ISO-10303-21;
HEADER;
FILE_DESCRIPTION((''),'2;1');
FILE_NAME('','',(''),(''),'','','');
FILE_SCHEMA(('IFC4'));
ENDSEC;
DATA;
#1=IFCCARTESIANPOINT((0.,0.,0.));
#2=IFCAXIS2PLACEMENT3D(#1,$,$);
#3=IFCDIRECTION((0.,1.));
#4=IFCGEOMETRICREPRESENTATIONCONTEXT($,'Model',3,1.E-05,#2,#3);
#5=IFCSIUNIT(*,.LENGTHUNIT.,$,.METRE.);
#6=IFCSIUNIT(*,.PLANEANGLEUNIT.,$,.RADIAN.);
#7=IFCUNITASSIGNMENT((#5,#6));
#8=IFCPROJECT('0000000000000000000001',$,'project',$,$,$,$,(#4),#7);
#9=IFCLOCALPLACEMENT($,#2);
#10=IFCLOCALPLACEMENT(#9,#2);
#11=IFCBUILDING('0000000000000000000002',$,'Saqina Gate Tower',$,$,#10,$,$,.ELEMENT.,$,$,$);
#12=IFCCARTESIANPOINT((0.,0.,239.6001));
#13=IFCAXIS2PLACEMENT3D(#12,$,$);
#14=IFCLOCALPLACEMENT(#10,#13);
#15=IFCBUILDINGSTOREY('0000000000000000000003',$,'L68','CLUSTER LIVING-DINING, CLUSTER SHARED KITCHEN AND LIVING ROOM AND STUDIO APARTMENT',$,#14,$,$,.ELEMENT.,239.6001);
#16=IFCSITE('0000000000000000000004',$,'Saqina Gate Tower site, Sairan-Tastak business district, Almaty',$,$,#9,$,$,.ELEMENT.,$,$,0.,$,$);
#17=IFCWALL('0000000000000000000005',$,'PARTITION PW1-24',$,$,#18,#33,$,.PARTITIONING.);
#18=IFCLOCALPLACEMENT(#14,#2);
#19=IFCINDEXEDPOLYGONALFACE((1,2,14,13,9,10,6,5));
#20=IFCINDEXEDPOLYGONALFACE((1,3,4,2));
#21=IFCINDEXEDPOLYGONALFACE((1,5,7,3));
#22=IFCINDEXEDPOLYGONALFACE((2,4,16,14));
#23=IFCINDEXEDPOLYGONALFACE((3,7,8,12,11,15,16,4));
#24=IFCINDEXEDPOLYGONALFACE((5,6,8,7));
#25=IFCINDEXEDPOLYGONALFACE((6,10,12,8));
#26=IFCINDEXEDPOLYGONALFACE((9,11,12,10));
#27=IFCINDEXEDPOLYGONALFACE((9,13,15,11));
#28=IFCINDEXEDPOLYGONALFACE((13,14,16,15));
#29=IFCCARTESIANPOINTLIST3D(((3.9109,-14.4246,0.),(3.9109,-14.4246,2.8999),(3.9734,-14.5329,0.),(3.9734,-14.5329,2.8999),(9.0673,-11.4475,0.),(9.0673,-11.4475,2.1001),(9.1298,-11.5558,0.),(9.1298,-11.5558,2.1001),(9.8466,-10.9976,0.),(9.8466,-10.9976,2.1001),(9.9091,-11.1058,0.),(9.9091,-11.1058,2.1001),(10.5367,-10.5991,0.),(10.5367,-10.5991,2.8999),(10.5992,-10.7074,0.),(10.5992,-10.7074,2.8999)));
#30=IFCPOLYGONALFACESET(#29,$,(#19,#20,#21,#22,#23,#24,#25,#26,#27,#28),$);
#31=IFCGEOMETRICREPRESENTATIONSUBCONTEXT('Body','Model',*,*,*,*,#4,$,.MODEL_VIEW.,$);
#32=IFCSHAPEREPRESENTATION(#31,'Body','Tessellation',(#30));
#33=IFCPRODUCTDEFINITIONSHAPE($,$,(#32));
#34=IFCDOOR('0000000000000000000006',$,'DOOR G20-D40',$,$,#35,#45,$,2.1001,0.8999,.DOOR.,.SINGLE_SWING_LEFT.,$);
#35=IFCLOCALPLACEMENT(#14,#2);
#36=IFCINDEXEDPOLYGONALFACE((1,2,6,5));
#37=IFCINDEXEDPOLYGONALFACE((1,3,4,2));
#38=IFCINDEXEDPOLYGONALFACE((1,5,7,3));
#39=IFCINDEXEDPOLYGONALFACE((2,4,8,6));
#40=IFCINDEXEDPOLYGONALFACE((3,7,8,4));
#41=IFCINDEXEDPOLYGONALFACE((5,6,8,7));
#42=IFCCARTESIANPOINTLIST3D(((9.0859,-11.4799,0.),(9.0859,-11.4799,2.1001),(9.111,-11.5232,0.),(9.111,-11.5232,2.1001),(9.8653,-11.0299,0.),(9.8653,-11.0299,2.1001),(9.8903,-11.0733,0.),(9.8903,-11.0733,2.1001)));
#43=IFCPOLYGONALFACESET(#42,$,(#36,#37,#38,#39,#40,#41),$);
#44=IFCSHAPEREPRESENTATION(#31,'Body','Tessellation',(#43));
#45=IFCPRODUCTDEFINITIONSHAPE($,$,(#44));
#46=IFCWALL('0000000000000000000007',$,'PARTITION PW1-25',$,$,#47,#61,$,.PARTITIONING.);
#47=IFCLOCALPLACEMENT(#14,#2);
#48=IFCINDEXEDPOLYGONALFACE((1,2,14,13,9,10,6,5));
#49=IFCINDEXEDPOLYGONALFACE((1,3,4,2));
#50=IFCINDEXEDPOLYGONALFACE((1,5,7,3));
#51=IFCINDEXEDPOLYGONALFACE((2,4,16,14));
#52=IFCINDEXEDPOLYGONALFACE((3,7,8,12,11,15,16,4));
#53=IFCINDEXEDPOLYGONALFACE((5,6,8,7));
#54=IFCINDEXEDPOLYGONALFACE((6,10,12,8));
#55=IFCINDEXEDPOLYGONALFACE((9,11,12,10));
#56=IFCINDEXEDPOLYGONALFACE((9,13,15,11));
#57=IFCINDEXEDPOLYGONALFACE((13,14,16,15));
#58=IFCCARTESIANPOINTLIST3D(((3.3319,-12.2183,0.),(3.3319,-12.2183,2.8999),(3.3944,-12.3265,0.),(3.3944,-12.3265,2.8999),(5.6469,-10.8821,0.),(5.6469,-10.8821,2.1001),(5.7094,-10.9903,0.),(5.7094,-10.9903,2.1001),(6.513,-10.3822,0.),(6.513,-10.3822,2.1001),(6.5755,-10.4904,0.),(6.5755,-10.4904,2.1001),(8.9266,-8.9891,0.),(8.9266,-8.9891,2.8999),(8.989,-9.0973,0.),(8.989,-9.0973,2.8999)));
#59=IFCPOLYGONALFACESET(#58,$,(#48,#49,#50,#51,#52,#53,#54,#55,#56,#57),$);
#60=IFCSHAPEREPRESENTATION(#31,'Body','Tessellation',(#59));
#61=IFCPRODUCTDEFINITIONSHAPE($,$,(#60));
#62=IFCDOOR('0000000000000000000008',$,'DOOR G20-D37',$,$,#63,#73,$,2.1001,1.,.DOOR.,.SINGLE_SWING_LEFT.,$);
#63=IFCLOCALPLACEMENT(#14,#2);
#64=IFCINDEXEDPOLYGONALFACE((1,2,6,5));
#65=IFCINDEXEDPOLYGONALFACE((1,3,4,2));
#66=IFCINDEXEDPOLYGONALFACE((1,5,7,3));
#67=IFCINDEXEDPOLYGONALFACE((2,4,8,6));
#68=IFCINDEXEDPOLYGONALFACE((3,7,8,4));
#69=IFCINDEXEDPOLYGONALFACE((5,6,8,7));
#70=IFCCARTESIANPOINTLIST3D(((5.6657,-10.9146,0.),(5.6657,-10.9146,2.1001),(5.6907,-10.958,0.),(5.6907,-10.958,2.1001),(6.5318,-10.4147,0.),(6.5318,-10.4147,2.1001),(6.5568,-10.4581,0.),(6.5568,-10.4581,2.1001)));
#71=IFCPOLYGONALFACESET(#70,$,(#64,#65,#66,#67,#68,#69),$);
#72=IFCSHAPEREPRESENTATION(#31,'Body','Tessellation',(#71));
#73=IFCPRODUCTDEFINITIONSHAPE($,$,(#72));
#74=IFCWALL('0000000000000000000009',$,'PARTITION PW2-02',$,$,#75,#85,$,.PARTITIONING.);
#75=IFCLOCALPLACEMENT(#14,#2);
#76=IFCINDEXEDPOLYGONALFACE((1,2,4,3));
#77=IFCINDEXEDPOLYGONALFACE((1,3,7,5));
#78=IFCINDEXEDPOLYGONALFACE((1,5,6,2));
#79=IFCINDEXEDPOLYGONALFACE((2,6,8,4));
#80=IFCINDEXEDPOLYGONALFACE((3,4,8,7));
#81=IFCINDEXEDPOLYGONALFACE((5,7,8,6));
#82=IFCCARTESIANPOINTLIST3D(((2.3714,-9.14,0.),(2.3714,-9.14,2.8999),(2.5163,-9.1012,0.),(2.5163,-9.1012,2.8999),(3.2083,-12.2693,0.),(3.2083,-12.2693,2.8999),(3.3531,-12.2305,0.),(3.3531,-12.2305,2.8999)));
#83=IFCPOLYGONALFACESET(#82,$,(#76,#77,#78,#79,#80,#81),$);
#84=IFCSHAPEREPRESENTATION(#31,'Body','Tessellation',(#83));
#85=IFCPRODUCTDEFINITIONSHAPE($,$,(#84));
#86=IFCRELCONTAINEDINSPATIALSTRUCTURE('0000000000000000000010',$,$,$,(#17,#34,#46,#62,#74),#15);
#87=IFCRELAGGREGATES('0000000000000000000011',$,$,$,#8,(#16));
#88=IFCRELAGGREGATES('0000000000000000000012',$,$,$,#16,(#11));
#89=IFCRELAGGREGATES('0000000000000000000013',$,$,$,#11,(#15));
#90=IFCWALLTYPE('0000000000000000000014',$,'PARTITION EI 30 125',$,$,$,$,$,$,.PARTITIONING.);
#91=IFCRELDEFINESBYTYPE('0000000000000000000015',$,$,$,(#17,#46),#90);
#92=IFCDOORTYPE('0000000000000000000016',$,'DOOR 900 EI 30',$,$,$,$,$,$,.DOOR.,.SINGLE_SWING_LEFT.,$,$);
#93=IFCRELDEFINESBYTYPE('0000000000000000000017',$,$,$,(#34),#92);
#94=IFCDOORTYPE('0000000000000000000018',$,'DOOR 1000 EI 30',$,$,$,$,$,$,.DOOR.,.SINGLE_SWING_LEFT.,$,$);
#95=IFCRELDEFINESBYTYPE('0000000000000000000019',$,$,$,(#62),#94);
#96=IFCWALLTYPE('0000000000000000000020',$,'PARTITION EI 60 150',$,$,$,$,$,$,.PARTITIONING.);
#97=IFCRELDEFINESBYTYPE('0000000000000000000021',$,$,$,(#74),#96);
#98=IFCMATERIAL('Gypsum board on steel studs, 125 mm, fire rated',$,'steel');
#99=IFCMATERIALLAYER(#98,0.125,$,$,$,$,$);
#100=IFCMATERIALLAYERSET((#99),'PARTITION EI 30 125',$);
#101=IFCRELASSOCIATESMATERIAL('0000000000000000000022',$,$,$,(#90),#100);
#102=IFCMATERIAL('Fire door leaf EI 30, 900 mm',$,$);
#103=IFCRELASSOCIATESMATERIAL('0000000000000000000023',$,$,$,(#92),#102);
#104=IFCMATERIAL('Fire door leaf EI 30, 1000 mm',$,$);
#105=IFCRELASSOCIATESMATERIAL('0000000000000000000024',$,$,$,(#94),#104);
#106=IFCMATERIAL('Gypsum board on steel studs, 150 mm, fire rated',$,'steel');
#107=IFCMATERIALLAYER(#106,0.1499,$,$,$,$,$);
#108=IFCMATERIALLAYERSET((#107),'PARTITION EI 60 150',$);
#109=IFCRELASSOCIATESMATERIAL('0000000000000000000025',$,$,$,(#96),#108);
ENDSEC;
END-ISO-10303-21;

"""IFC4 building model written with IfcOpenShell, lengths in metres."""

from ifc_helpers import new_model, si_unit, direction, frame, frame_2d, origin, place, context, subcontext, project, spatial, rectangle, extrude, material, layer, layer_set, type_object, element, fill, save


model = new_model("IFC4")

# Units and contexts
model_context = context("Model", 3, precision=1e-05, world=origin(), true_north=direction((0.0, 1.0)))
body_context = subcontext(model_context, "Body", "Model", "MODEL_VIEW")
ifc_project = project(units=[si_unit("LENGTHUNIT", "METRE"), si_unit("PLANEANGLEUNIT", "RADIAN")], contexts=[model_context])

# Site, building, storey
site_placement = place(None, origin())
site = spatial("IfcSite", under=ifc_project, at=site_placement, Name="Saqina Gate Tower site, Sairan-Tastak business district, Almaty", CompositionType="ELEMENT", RefElevation=0.0)
building_placement = place(site_placement, origin())
building = spatial("IfcBuilding", under=site, at=building_placement, Name="Saqina Gate Tower", CompositionType="ELEMENT")
storey_placement = place(building_placement, frame((0.0, 0.0, 239.6001)))
storey = spatial("IfcBuildingStorey", under=building, at=storey_placement, Name="L68", Description="CLUSTER LIVING-DINING, CLUSTER SHARED KITCHEN AND LIVING ROOM AND STUDIO APARTMENT", CompositionType="ELEMENT", Elevation=239.6001)

# Shared definitions
ifc_material_1 = material(Name="Gypsum board on steel studs, 125 mm, fire rated", Category="steel")
ifc_layer_1 = layer(ifc_material_1, 0.125)
ifc_layer_set_1 = layer_set([ifc_layer_1], Name="PARTITION EI 30 125")
wall_type_1 = type_object("IfcWallType", Name="PARTITION EI 30 125", PredefinedType="PARTITIONING", material=ifc_layer_set_1)
ifc_material_2 = material(Name="Fire door leaf EI 30, 900 mm")
door_type_1 = type_object("IfcDoorType", Name="DOOR 900 EI 30", OperationType="SINGLE_SWING_LEFT", PredefinedType="DOOR", material=ifc_material_2)

# Walls, openings, doors
wall_1_placement = place(storey_placement, frame((3.9421, -14.4788, 0.0), z_axis=(0.0, 0.0, 1.0), x_axis=(0.866021, 0.500007, 0.0)))
wall_1 = element("IfcWall", 1, at=wall_1_placement, inside=storey, type_object=wall_type_1, Name="PARTITION PW1-24", PredefinedType="PARTITIONING", context=body_context, shape_type="SweptSolid", body=[
    extrude(rectangle(XDim=7.6509, YDim=0.125, at=frame_2d((3.8254, 0.0))), origin(), (0.0, 0.0, 1.0), 2.8999),
])
opening_1_placement = place(wall_1_placement, frame((5.9541, 0.0, 0.0)))
opening_1 = element("IfcOpeningElement", 2, at=opening_1_placement, cuts=wall_1, PredefinedType="OPENING", context=body_context, shape_type="SweptSolid", body=[
    extrude(rectangle(XDim=0.8999, YDim=2.1001, at=frame_2d((0.45, 1.05))), frame((0.0, 0.0745, 0.0), z_axis=(0.0, -1.0, 0.0), x_axis=(1.0, 0.0, 0.0)), (0.0, 0.0, 1.0), 0.1489),
])
door_1_placement = place(opening_1_placement, frame((0.8999, 0.0, 0.0), z_axis=(0.0, 0.0, 1.0), x_axis=(-1.0, 0.0, 0.0)))
door_1 = element("IfcDoor", 3, at=door_1_placement, inside=storey, type_object=door_type_1, Name="DOOR G20-D40", OperationType="SINGLE_SWING_LEFT", OverallHeight=2.1001, OverallWidth=0.8999, PredefinedType="DOOR", context=body_context, shape_type="SweptSolid", body=[
    extrude(rectangle(XDim=0.8999, YDim=2.1001, at=frame_2d((0.45, 1.05))), frame((0.0, 0.0249, 0.0), z_axis=(0.0, -1.0, 0.0), x_axis=(1.0, 0.0, 0.0)), (0.0, 0.0, 1.0), 0.05),
])
fill(opening_1, door_1)
wall_2_placement = place(storey_placement, frame((3.363, -12.2725, 0.0), z_axis=(0.0, 0.0, 1.0), x_axis=(0.866084, 0.499899, 0.0)))
wall_2 = element("IfcWall", 4, at=wall_2_placement, inside=storey, type_object=wall_type_1, Name="PARTITION PW1-25", PredefinedType="PARTITIONING", context=body_context, shape_type="SweptSolid", body=[
    extrude(rectangle(XDim=6.4597, YDim=0.125, at=frame_2d((3.23, 0.0))), origin(), (0.0, 0.0, 1.0), 2.8999),
])
opening_2_placement = place(wall_2_placement, frame((2.6731, 0.0, 0.0)))
opening_2 = element("IfcOpeningElement", 5, at=opening_2_placement, cuts=wall_2, PredefinedType="OPENING", context=body_context, shape_type="SweptSolid", body=[
    extrude(rectangle(XDim=1.0, YDim=2.1001, at=frame_2d((0.5, 1.05))), frame((0.0, 0.0745, 0.0), z_axis=(0.0, -1.0, 0.0), x_axis=(1.0, 0.0, 0.0)), (0.0, 0.0, 1.0), 0.1489),
])
ifc_material_3 = material(Name="Fire door leaf EI 30, 1000 mm")
door_type_2 = type_object("IfcDoorType", Name="DOOR 1000 EI 30", OperationType="SINGLE_SWING_LEFT", PredefinedType="DOOR", material=ifc_material_3)
door_2_placement = place(opening_2_placement, origin())
door_2 = element("IfcDoor", 6, at=door_2_placement, inside=storey, type_object=door_type_2, Name="DOOR G20-D37", OperationType="SINGLE_SWING_LEFT", OverallHeight=2.1001, OverallWidth=1.0, PredefinedType="DOOR", context=body_context, shape_type="SweptSolid", body=[
    extrude(rectangle(XDim=1.0, YDim=2.1001, at=frame_2d((0.5, 1.05))), frame((0.0, 0.0249, 0.0), z_axis=(0.0, -1.0, 0.0), x_axis=(1.0, 0.0, 0.0)), (0.0, 0.0, 1.0), 0.05),
])
fill(opening_2, door_2)

# Wall
ifc_material_4 = material(Name="Gypsum board on steel studs, 150 mm, fire rated", Category="steel")
ifc_layer_2 = layer(ifc_material_4, 0.1499)
ifc_layer_set_2 = layer_set([ifc_layer_2], Name="PARTITION EI 60 150")
wall_type_2 = type_object("IfcWallType", Name="PARTITION EI 60 150", PredefinedType="PARTITIONING", material=ifc_layer_set_2)
wall_3_placement = place(storey_placement, frame((2.4438, -9.1206, 0.0), z_axis=(0.0, 0.0, 1.0), x_axis=(0.258357, -0.96605, 0.0)))
element("IfcWall", 7, at=wall_3_placement, inside=storey, type_object=wall_type_2, Name="PARTITION PW2-02", PredefinedType="PARTITIONING", context=body_context, shape_type="SweptSolid", body=[
    extrude(rectangle(XDim=3.2393, YDim=0.1499, at=frame_2d((1.6196, 0.0))), origin(), (0.0, 0.0, 1.0), 2.8999),
])

save(model, "model.ifc")
